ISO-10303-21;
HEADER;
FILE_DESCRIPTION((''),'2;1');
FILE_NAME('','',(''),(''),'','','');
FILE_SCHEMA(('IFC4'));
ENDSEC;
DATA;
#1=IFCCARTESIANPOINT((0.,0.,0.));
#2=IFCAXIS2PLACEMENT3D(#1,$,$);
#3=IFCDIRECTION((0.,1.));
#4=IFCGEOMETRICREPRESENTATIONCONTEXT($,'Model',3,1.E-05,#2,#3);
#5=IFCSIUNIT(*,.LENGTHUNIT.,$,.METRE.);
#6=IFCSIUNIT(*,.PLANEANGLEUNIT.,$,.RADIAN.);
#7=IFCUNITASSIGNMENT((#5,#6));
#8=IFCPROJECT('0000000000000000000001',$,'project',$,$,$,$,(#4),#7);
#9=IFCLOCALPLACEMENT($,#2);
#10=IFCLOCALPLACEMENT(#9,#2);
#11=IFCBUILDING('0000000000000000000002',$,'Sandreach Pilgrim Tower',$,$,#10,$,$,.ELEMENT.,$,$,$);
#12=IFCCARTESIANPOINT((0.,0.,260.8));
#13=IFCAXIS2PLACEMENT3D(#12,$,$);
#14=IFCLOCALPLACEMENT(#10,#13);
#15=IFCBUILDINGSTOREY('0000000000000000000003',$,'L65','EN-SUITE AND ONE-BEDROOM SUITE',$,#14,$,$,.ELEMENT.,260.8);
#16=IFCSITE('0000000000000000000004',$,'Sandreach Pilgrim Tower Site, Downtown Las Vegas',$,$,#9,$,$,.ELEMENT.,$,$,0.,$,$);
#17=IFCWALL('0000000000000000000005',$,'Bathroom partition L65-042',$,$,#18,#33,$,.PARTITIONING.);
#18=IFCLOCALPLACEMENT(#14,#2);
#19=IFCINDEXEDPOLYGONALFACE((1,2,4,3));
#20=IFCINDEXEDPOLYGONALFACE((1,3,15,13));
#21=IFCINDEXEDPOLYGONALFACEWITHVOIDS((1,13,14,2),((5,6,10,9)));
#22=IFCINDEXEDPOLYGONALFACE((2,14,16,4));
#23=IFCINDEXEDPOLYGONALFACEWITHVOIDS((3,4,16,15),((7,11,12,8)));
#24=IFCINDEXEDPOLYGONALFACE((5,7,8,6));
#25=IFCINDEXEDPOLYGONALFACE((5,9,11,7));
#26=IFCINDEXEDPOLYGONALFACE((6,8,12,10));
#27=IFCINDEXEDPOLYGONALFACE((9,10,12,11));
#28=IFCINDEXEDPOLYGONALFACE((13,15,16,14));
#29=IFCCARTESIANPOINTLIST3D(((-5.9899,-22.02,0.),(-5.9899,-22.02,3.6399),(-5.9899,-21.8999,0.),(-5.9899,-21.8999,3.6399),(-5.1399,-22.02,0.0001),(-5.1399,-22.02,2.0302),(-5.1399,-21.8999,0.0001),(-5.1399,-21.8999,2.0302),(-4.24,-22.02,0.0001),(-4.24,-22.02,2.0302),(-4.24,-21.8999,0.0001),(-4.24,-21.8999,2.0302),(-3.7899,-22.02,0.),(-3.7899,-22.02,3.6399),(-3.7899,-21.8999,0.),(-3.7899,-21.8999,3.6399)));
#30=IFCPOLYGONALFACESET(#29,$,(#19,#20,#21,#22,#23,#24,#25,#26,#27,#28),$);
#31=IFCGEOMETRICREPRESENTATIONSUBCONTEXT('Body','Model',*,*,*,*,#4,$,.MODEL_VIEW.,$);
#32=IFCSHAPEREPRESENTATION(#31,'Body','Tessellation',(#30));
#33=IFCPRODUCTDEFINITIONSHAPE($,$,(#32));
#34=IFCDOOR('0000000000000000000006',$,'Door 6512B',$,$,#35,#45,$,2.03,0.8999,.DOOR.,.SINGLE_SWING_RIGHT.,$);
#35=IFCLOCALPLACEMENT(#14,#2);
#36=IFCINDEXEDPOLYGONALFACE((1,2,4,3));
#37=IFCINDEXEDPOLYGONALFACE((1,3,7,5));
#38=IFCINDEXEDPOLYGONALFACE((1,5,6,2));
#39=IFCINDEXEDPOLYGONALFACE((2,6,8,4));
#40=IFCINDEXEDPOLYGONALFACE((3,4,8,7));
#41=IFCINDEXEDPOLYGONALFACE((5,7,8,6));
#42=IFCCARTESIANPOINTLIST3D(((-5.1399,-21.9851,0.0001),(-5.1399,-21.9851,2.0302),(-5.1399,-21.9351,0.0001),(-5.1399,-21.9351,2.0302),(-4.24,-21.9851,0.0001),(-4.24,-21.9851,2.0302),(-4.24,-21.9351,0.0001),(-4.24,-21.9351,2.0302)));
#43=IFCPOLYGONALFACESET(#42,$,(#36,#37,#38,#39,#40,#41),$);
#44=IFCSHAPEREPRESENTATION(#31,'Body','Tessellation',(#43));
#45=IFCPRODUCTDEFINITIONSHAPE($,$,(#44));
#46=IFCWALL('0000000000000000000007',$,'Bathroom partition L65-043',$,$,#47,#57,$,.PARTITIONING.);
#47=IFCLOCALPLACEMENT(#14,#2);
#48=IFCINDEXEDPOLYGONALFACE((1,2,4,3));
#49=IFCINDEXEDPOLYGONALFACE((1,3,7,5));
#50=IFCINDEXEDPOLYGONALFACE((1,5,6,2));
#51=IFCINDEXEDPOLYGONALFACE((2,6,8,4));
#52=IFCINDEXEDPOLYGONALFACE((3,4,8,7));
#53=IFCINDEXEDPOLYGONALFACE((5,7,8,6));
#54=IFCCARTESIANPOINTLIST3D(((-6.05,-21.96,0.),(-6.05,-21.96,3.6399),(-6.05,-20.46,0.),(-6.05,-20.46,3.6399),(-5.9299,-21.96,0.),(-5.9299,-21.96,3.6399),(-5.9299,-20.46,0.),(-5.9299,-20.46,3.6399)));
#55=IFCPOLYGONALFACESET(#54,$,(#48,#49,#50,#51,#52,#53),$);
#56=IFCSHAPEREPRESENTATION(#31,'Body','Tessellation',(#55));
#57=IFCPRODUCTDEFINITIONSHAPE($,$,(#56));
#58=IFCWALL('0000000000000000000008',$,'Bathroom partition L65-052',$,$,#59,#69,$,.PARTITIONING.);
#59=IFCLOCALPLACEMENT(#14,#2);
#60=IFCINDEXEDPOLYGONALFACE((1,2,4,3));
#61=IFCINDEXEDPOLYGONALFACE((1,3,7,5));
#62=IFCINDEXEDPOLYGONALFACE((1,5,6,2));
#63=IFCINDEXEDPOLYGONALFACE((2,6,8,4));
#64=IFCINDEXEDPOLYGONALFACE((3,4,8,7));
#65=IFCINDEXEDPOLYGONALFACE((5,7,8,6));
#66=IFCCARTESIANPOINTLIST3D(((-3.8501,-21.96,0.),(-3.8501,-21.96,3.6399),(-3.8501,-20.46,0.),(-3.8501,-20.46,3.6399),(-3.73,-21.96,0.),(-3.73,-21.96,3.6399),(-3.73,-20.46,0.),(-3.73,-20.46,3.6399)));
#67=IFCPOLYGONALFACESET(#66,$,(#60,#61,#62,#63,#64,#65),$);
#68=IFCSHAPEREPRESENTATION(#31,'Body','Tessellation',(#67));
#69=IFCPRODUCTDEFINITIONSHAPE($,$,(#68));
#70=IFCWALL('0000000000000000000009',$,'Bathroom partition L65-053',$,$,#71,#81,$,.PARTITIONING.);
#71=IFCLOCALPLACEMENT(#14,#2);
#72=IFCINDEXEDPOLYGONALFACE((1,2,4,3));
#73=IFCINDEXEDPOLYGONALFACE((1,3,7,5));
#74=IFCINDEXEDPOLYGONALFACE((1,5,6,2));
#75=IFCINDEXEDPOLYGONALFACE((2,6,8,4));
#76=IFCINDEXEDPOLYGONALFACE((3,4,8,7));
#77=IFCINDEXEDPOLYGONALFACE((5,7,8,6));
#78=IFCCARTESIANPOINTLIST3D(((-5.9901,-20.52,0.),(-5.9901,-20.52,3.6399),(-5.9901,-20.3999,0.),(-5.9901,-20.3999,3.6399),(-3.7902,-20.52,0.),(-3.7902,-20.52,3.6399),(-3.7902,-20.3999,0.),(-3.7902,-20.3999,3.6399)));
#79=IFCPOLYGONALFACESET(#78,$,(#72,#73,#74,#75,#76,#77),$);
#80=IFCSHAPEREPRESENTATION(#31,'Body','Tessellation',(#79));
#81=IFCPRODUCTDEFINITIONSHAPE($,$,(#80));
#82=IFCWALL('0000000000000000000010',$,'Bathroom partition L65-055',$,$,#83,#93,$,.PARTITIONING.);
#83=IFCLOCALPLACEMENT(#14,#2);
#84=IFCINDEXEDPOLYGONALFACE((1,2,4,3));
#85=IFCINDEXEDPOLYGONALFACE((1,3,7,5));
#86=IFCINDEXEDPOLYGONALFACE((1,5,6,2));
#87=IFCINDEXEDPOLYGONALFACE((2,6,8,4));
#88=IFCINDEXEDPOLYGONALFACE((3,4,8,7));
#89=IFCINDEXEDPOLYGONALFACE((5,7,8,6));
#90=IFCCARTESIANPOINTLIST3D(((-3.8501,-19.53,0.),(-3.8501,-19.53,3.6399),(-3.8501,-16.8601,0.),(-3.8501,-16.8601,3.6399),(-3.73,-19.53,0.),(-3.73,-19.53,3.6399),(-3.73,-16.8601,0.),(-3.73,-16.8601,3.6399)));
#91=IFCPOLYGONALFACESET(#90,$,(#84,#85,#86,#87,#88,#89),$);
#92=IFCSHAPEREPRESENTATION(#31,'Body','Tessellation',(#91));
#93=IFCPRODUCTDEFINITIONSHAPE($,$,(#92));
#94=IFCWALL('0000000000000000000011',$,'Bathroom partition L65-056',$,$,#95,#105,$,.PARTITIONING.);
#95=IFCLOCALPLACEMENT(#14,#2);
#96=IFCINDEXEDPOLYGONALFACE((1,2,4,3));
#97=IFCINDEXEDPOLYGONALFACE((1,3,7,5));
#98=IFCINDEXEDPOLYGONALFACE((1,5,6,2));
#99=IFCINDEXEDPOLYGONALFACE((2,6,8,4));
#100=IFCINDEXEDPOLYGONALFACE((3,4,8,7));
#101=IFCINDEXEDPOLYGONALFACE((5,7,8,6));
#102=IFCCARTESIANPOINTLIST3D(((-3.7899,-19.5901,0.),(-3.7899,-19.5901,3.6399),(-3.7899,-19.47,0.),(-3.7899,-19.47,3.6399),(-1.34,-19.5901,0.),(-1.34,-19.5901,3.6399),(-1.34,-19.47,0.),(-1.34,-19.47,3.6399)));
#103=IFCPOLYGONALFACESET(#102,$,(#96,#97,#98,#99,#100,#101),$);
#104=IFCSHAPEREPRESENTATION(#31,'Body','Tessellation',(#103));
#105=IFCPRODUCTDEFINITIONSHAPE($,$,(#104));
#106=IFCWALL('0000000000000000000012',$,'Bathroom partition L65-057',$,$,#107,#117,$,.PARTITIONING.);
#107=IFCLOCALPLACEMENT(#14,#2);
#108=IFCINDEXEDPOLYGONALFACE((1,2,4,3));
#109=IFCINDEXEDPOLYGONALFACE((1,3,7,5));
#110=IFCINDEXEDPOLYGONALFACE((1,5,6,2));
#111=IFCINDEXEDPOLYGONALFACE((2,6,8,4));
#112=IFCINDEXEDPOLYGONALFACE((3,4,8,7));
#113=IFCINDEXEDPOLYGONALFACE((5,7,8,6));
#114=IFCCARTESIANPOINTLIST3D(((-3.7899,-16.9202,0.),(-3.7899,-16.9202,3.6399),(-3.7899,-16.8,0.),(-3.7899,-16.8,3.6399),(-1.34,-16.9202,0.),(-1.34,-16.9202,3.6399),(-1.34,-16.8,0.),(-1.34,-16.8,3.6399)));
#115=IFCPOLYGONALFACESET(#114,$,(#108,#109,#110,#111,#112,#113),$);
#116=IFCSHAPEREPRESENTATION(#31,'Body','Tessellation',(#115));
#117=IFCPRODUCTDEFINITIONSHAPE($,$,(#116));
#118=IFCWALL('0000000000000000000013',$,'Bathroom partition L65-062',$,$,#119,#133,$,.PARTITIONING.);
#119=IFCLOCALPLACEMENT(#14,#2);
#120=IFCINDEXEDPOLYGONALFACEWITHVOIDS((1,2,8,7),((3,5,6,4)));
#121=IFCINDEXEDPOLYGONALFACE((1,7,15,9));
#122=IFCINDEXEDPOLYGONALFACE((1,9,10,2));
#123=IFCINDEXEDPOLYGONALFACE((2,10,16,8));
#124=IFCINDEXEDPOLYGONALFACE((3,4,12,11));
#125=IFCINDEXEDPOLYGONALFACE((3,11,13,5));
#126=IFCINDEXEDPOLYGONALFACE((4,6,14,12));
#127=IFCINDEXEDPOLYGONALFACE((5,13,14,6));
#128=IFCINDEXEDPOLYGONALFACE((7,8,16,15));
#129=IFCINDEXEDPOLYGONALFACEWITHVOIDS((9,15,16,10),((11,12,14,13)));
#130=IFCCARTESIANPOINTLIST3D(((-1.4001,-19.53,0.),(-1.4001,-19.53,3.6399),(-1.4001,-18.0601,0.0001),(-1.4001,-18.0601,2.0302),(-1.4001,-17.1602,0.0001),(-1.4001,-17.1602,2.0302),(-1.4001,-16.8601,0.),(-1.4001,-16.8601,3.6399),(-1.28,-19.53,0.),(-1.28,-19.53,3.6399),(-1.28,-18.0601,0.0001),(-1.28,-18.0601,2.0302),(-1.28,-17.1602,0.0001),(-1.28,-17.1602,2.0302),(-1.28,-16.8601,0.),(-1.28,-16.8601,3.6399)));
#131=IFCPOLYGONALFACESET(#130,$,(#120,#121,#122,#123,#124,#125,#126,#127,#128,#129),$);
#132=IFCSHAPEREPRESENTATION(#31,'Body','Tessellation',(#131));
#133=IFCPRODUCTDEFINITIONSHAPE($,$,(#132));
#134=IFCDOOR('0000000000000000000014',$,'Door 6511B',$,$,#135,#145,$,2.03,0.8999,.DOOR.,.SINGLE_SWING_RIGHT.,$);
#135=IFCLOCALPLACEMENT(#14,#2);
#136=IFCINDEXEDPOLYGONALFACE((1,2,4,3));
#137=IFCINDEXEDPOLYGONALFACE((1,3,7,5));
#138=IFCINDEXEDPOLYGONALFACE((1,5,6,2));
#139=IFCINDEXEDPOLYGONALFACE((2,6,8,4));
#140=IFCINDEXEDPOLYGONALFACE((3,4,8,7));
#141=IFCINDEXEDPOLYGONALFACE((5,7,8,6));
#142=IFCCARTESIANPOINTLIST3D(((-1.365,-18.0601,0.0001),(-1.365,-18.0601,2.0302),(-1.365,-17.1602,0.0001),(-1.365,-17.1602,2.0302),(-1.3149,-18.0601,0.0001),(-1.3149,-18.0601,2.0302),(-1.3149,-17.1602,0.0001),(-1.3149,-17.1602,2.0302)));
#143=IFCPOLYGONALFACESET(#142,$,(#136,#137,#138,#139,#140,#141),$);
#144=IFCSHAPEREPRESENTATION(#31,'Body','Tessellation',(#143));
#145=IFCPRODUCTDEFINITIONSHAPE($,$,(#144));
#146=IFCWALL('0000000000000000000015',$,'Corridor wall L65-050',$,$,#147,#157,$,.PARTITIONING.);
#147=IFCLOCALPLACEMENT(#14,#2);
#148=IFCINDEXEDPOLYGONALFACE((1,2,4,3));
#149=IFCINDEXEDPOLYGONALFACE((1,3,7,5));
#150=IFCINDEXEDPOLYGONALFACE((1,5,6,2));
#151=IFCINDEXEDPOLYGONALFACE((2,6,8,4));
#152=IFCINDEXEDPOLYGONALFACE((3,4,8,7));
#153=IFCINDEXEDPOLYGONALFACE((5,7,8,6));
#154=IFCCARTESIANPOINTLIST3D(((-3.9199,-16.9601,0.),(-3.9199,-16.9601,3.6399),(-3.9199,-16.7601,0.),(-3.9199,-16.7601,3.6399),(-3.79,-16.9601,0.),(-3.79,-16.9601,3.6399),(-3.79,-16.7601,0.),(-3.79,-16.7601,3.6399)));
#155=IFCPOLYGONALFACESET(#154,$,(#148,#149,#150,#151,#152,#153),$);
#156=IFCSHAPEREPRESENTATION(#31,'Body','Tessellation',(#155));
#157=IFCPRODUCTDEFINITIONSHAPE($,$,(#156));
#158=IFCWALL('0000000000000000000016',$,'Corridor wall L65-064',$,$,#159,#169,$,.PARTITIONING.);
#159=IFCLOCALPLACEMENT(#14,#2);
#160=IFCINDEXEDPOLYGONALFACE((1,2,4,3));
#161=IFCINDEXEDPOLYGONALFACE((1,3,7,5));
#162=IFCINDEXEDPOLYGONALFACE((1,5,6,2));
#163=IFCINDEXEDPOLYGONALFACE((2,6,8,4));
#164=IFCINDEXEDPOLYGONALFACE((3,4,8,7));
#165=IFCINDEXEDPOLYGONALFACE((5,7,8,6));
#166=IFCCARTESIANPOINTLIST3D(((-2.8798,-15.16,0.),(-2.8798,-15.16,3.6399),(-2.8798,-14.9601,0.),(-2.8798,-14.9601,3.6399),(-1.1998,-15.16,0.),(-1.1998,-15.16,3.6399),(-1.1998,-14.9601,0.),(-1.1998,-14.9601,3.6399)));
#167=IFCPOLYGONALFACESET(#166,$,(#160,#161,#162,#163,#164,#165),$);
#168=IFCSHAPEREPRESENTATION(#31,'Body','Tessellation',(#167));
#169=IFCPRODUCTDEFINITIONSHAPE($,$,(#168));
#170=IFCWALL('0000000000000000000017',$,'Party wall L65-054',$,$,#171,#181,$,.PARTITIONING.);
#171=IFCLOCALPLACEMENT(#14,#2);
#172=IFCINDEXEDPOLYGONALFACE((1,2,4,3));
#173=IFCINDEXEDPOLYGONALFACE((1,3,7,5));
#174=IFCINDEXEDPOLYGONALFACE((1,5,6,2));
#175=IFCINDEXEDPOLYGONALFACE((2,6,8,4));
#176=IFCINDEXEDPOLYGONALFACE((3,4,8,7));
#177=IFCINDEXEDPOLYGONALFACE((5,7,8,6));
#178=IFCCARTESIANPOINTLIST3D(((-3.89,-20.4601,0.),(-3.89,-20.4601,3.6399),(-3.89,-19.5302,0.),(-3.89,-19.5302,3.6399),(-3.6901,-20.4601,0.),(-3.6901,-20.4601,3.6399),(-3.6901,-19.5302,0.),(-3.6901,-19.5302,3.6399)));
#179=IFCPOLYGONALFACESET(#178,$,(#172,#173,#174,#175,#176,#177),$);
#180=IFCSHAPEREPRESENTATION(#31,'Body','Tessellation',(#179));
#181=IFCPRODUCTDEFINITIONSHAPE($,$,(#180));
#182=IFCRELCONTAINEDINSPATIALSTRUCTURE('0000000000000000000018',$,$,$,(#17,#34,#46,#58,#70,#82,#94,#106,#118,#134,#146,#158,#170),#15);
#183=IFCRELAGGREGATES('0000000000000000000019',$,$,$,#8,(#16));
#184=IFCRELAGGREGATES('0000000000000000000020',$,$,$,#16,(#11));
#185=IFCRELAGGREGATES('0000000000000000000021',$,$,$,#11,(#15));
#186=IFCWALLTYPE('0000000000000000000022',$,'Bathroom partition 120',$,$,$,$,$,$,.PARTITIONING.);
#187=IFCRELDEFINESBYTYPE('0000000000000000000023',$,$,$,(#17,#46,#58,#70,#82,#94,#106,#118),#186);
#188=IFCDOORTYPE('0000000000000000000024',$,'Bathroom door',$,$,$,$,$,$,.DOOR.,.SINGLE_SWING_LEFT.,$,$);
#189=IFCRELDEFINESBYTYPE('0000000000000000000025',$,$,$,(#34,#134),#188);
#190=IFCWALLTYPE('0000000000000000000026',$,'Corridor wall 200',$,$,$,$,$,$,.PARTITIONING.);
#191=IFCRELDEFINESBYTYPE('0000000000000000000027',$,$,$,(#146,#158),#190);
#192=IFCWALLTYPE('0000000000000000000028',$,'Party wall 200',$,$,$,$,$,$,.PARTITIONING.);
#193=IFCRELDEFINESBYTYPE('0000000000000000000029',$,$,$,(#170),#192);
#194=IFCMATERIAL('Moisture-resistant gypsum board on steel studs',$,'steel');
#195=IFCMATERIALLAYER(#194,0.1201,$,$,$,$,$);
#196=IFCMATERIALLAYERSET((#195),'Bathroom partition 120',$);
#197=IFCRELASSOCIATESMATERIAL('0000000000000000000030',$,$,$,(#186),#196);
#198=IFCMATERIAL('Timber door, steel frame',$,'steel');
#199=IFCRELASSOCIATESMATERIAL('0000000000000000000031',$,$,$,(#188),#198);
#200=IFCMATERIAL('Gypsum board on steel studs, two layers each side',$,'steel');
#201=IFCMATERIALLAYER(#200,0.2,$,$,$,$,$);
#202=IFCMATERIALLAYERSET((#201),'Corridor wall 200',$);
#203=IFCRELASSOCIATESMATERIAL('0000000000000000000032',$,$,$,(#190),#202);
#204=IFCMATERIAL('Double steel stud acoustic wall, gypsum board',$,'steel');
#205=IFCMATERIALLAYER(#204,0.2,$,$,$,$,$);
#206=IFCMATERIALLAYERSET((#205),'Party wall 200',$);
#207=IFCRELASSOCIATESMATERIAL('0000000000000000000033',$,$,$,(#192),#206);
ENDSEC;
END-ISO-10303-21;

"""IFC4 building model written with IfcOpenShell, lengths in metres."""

from ifc_helpers import new_model, si_unit, direction, frame, frame_2d, origin, place, context, subcontext, project, spatial, rectangle, extrude, material, layer, layer_set, type_object, element, fill, save


model = new_model("IFC4")

# Units and contexts
model_context = context("Model", 3, precision=1e-05, world=origin(), true_north=direction((0.0, 1.0)))
body_context = subcontext(model_context, "Body", "Model", "MODEL_VIEW")
ifc_project = project(units=[si_unit("LENGTHUNIT", "METRE"), si_unit("PLANEANGLEUNIT", "RADIAN")], contexts=[model_context])

# Site, building, storey
site_placement = place(None, origin())
site = spatial("IfcSite", under=ifc_project, at=site_placement, Name="Sandreach Pilgrim Tower Site, Downtown Las Vegas", CompositionType="ELEMENT", RefElevation=0.0)
building_placement = place(site_placement, origin())
building = spatial("IfcBuilding", under=site, at=building_placement, Name="Sandreach Pilgrim Tower", CompositionType="ELEMENT")
storey_placement = place(building_placement, frame((0.0, 0.0, 260.8)))
storey = spatial("IfcBuildingStorey", under=building, at=storey_placement, Name="L65", Description="EN-SUITE AND ONE-BEDROOM SUITE", CompositionType="ELEMENT", Elevation=260.8)

# Wall, opening, door
ifc_material_1 = material(Name="Moisture-resistant gypsum board on steel studs", Category="steel")
ifc_layer_1 = layer(ifc_material_1, 0.1201)
ifc_layer_set_1 = layer_set([ifc_layer_1], Name="Bathroom partition 120")
wall_type_1 = type_object("IfcWallType", Name="Bathroom partition 120", PredefinedType="PARTITIONING", material=ifc_layer_set_1)
wall_1_placement = place(storey_placement, frame((-5.99, -21.96, 0.0), z_axis=(0.0, 0.0, 1.0), x_axis=(1.0, 0.0, 0.0)))
wall_1 = element("IfcWall", 1, at=wall_1_placement, inside=storey, type_object=wall_type_1, Name="Bathroom partition L65-042", PredefinedType="PARTITIONING", context=body_context, shape_type="SweptSolid", body=[
    extrude(rectangle(XDim=2.2, YDim=0.1201, at=frame_2d((1.1001, 0.0))), origin(), (0.0, 0.0, 1.0), 3.6399),
])
opening_1_placement = place(wall_1_placement, frame((0.8501, 0.0, 0.0)))
opening_1 = element("IfcOpeningElement", 2, at=opening_1_placement, cuts=wall_1, PredefinedType="OPENING", context=body_context, shape_type="SweptSolid", body=[
    extrude(rectangle(XDim=0.8999, YDim=2.03, at=frame_2d((0.45, 1.0151))), frame((0.0, 0.0601, 0.0), z_axis=(0.0, -1.0, 0.0), x_axis=(1.0, 0.0, 0.0)), (0.0, 0.0, 1.0), 0.1201),
])
ifc_material_2 = material(Name="Timber door, steel frame", Category="steel")
door_type_1 = type_object("IfcDoorType", Name="Bathroom door", OperationType="SINGLE_SWING_LEFT", PredefinedType="DOOR", material=ifc_material_2)
door_1_placement = place(opening_1_placement, origin())
door_1 = element("IfcDoor", 3, at=door_1_placement, inside=storey, type_object=door_type_1, Name="Door 6512B", OperationType="SINGLE_SWING_RIGHT", OverallHeight=2.03, OverallWidth=0.8999, PredefinedType="DOOR", context=body_context, shape_type="SweptSolid", body=[
    extrude(rectangle(XDim=0.8999, YDim=2.03, at=frame_2d((0.45, 1.0151))), frame((0.0, 0.0249, 0.0), z_axis=(0.0, -1.0, 0.0), x_axis=(1.0, 0.0, 0.0)), (0.0, 0.0, 1.0), 0.05),
])
fill(opening_1, door_1)

# Walls
for number, where, z_axis, x_axis, name in (
    (4, (-5.99, -20.46, 0.0), (0.0, 0.0, 1.0), (0.0, -1.0, 0.0), "Bathroom partition L65-043"),
    (5, (-3.79, -21.96, 0.0), (0.0, 0.0, 1.0), (0.0, 1.0, 0.0), "Bathroom partition L65-052"),
):
    element("IfcWall", number, at=place(storey_placement, frame(where, z_axis=z_axis, x_axis=x_axis)), inside=storey, type_object=wall_type_1, Name=name, PredefinedType="PARTITIONING", context=body_context, shape_type="SweptSolid", body=[
        extrude(rectangle(XDim=1.5, YDim=0.1201, at=frame_2d((0.75, 0.0))), origin(), (0.0, 0.0, 1.0), 3.6399),
    ])
wall_2_placement = place(storey_placement, frame((-3.79, -20.46, 0.0), z_axis=(0.0, 0.0, 1.0), x_axis=(-1.0, 0.0, 0.0)))
element("IfcWall", 6, at=wall_2_placement, inside=storey, type_object=wall_type_1, Name="Bathroom partition L65-053", PredefinedType="PARTITIONING", context=body_context, shape_type="SweptSolid", body=[
    extrude(rectangle(XDim=2.2, YDim=0.1201, at=frame_2d((1.1001, 0.0))), origin(), (0.0, 0.0, 1.0), 3.6399),
])
wall_3_placement = place(storey_placement, frame((-3.79, -19.53, 0.0), z_axis=(0.0, 0.0, 1.0), x_axis=(0.0, 1.0, 0.0)))
element("IfcWall", 7, at=wall_3_placement, inside=storey, type_object=wall_type_1, Name="Bathroom partition L65-055", PredefinedType="PARTITIONING", context=body_context, shape_type="SweptSolid", body=[
    extrude(rectangle(XDim=2.6699, YDim=0.1201, at=frame_2d((1.335, 0.0))), origin(), (0.0, 0.0, 1.0), 3.6399),
])
for number, where, z_axis, x_axis, name in (
    (8, (-3.79, -19.53, 0.0), (0.0, 0.0, 1.0), (1.0, 0.0, 0.0), "Bathroom partition L65-056"),
    (9, (-3.79, -16.8601, 0.0), (0.0, 0.0, 1.0), (1.0, 0.0, 0.0), "Bathroom partition L65-057"),
):
    element("IfcWall", number, at=place(storey_placement, frame(where, z_axis=z_axis, x_axis=x_axis)), inside=storey, type_object=wall_type_1, Name=name, PredefinedType="PARTITIONING", context=body_context, shape_type="SweptSolid", body=[
        extrude(rectangle(XDim=2.45, YDim=0.1201, at=frame_2d((1.2251, 0.0))), origin(), (0.0, 0.0, 1.0), 3.6399),
    ])

# Wall, opening, door
wall_4_placement = place(storey_placement, frame((-1.3401, -19.53, 0.0), z_axis=(0.0, 0.0, 1.0), x_axis=(0.0, 1.0, 0.0)))
wall_4 = element("IfcWall", 10, at=wall_4_placement, inside=storey, type_object=wall_type_1, Name="Bathroom partition L65-062", PredefinedType="PARTITIONING", context=body_context, shape_type="SweptSolid", body=[
    extrude(rectangle(XDim=2.6699, YDim=0.1201, at=frame_2d((1.335, 0.0))), origin(), (0.0, 0.0, 1.0), 3.6399),
])
opening_2_placement = place(wall_4_placement, frame((1.47, 0.0, 0.0)))
opening_2 = element("IfcOpeningElement", 11, at=opening_2_placement, cuts=wall_4, PredefinedType="OPENING", context=body_context, shape_type="SweptSolid", body=[
    extrude(rectangle(XDim=0.8999, YDim=2.03, at=frame_2d((0.45, 1.0151))), frame((0.0, 0.0601, 0.0), z_axis=(0.0, -1.0, 0.0), x_axis=(1.0, 0.0, 0.0)), (0.0, 0.0, 1.0), 0.1201),
])
door_2_placement = place(opening_2_placement, origin())
door_2 = element("IfcDoor", 12, at=door_2_placement, inside=storey, type_object=door_type_1, Name="Door 6511B", OperationType="SINGLE_SWING_RIGHT", OverallHeight=2.03, OverallWidth=0.8999, PredefinedType="DOOR", context=body_context, shape_type="SweptSolid", body=[
    extrude(rectangle(XDim=0.8999, YDim=2.03, at=frame_2d((0.45, 1.0151))), frame((0.0, 0.0249, 0.0), z_axis=(0.0, -1.0, 0.0), x_axis=(1.0, 0.0, 0.0)), (0.0, 0.0, 1.0), 0.05),
])
fill(opening_2, door_2)
ifc_material_3 = material(Name="Gypsum board on steel studs, two layers each side", Category="steel")
ifc_layer_2 = layer(ifc_material_3, 0.2)
ifc_layer_set_2 = layer_set([ifc_layer_2], Name="Corridor wall 200")
wall_type_2 = type_object("IfcWallType", Name="Corridor wall 200", PredefinedType="PARTITIONING", material=ifc_layer_set_2)

# Wall
wall_5_placement = place(storey_placement, frame((-3.9199, -16.8601, 0.0), z_axis=(0.0, 0.0, 1.0), x_axis=(1.0, 0.0, 0.0)))
element("IfcWall", 13, at=wall_5_placement, inside=storey, type_object=wall_type_2, Name="Corridor wall L65-050", PredefinedType="PARTITIONING", context=body_context, shape_type="SweptSolid", body=[
    extrude(rectangle(XDim=0.1299, YDim=0.2, at=frame_2d((0.0649, 0.0))), origin(), (0.0, 0.0, 1.0), 3.6399),
])

# Walls
wall_6_placement = place(storey_placement, frame((-1.2, -15.0601, 0.0), z_axis=(0.0, 0.0, 1.0), x_axis=(-1.0, 0.0, 0.0)))
element("IfcWall", 14, at=wall_6_placement, inside=storey, type_object=wall_type_2, Name="Corridor wall L65-064", PredefinedType="PARTITIONING", context=body_context, shape_type="SweptSolid", body=[
    extrude(rectangle(XDim=1.6799, YDim=0.2, at=frame_2d((0.8398, 0.0))), origin(), (0.0, 0.0, 1.0), 3.6399),
])
ifc_material_4 = material(Name="Double steel stud acoustic wall, gypsum board", Category="steel")
ifc_layer_3 = layer(ifc_material_4, 0.2)
ifc_layer_set_3 = layer_set([ifc_layer_3], Name="Party wall 200")
wall_type_3 = type_object("IfcWallType", Name="Party wall 200", PredefinedType="PARTITIONING", material=ifc_layer_set_3)
wall_7_placement = place(storey_placement, frame((-3.79, -20.46, 0.0), z_axis=(0.0, 0.0, 1.0), x_axis=(0.0, 1.0, 0.0)))
element("IfcWall", 15, at=wall_7_placement, inside=storey, type_object=wall_type_3, Name="Party wall L65-054", PredefinedType="PARTITIONING", context=body_context, shape_type="SweptSolid", body=[
    extrude(rectangle(XDim=0.9299, YDim=0.2, at=frame_2d((0.4648, 0.0))), origin(), (0.0, 0.0, 1.0), 3.6399),
])

save(model, "model.ifc")
